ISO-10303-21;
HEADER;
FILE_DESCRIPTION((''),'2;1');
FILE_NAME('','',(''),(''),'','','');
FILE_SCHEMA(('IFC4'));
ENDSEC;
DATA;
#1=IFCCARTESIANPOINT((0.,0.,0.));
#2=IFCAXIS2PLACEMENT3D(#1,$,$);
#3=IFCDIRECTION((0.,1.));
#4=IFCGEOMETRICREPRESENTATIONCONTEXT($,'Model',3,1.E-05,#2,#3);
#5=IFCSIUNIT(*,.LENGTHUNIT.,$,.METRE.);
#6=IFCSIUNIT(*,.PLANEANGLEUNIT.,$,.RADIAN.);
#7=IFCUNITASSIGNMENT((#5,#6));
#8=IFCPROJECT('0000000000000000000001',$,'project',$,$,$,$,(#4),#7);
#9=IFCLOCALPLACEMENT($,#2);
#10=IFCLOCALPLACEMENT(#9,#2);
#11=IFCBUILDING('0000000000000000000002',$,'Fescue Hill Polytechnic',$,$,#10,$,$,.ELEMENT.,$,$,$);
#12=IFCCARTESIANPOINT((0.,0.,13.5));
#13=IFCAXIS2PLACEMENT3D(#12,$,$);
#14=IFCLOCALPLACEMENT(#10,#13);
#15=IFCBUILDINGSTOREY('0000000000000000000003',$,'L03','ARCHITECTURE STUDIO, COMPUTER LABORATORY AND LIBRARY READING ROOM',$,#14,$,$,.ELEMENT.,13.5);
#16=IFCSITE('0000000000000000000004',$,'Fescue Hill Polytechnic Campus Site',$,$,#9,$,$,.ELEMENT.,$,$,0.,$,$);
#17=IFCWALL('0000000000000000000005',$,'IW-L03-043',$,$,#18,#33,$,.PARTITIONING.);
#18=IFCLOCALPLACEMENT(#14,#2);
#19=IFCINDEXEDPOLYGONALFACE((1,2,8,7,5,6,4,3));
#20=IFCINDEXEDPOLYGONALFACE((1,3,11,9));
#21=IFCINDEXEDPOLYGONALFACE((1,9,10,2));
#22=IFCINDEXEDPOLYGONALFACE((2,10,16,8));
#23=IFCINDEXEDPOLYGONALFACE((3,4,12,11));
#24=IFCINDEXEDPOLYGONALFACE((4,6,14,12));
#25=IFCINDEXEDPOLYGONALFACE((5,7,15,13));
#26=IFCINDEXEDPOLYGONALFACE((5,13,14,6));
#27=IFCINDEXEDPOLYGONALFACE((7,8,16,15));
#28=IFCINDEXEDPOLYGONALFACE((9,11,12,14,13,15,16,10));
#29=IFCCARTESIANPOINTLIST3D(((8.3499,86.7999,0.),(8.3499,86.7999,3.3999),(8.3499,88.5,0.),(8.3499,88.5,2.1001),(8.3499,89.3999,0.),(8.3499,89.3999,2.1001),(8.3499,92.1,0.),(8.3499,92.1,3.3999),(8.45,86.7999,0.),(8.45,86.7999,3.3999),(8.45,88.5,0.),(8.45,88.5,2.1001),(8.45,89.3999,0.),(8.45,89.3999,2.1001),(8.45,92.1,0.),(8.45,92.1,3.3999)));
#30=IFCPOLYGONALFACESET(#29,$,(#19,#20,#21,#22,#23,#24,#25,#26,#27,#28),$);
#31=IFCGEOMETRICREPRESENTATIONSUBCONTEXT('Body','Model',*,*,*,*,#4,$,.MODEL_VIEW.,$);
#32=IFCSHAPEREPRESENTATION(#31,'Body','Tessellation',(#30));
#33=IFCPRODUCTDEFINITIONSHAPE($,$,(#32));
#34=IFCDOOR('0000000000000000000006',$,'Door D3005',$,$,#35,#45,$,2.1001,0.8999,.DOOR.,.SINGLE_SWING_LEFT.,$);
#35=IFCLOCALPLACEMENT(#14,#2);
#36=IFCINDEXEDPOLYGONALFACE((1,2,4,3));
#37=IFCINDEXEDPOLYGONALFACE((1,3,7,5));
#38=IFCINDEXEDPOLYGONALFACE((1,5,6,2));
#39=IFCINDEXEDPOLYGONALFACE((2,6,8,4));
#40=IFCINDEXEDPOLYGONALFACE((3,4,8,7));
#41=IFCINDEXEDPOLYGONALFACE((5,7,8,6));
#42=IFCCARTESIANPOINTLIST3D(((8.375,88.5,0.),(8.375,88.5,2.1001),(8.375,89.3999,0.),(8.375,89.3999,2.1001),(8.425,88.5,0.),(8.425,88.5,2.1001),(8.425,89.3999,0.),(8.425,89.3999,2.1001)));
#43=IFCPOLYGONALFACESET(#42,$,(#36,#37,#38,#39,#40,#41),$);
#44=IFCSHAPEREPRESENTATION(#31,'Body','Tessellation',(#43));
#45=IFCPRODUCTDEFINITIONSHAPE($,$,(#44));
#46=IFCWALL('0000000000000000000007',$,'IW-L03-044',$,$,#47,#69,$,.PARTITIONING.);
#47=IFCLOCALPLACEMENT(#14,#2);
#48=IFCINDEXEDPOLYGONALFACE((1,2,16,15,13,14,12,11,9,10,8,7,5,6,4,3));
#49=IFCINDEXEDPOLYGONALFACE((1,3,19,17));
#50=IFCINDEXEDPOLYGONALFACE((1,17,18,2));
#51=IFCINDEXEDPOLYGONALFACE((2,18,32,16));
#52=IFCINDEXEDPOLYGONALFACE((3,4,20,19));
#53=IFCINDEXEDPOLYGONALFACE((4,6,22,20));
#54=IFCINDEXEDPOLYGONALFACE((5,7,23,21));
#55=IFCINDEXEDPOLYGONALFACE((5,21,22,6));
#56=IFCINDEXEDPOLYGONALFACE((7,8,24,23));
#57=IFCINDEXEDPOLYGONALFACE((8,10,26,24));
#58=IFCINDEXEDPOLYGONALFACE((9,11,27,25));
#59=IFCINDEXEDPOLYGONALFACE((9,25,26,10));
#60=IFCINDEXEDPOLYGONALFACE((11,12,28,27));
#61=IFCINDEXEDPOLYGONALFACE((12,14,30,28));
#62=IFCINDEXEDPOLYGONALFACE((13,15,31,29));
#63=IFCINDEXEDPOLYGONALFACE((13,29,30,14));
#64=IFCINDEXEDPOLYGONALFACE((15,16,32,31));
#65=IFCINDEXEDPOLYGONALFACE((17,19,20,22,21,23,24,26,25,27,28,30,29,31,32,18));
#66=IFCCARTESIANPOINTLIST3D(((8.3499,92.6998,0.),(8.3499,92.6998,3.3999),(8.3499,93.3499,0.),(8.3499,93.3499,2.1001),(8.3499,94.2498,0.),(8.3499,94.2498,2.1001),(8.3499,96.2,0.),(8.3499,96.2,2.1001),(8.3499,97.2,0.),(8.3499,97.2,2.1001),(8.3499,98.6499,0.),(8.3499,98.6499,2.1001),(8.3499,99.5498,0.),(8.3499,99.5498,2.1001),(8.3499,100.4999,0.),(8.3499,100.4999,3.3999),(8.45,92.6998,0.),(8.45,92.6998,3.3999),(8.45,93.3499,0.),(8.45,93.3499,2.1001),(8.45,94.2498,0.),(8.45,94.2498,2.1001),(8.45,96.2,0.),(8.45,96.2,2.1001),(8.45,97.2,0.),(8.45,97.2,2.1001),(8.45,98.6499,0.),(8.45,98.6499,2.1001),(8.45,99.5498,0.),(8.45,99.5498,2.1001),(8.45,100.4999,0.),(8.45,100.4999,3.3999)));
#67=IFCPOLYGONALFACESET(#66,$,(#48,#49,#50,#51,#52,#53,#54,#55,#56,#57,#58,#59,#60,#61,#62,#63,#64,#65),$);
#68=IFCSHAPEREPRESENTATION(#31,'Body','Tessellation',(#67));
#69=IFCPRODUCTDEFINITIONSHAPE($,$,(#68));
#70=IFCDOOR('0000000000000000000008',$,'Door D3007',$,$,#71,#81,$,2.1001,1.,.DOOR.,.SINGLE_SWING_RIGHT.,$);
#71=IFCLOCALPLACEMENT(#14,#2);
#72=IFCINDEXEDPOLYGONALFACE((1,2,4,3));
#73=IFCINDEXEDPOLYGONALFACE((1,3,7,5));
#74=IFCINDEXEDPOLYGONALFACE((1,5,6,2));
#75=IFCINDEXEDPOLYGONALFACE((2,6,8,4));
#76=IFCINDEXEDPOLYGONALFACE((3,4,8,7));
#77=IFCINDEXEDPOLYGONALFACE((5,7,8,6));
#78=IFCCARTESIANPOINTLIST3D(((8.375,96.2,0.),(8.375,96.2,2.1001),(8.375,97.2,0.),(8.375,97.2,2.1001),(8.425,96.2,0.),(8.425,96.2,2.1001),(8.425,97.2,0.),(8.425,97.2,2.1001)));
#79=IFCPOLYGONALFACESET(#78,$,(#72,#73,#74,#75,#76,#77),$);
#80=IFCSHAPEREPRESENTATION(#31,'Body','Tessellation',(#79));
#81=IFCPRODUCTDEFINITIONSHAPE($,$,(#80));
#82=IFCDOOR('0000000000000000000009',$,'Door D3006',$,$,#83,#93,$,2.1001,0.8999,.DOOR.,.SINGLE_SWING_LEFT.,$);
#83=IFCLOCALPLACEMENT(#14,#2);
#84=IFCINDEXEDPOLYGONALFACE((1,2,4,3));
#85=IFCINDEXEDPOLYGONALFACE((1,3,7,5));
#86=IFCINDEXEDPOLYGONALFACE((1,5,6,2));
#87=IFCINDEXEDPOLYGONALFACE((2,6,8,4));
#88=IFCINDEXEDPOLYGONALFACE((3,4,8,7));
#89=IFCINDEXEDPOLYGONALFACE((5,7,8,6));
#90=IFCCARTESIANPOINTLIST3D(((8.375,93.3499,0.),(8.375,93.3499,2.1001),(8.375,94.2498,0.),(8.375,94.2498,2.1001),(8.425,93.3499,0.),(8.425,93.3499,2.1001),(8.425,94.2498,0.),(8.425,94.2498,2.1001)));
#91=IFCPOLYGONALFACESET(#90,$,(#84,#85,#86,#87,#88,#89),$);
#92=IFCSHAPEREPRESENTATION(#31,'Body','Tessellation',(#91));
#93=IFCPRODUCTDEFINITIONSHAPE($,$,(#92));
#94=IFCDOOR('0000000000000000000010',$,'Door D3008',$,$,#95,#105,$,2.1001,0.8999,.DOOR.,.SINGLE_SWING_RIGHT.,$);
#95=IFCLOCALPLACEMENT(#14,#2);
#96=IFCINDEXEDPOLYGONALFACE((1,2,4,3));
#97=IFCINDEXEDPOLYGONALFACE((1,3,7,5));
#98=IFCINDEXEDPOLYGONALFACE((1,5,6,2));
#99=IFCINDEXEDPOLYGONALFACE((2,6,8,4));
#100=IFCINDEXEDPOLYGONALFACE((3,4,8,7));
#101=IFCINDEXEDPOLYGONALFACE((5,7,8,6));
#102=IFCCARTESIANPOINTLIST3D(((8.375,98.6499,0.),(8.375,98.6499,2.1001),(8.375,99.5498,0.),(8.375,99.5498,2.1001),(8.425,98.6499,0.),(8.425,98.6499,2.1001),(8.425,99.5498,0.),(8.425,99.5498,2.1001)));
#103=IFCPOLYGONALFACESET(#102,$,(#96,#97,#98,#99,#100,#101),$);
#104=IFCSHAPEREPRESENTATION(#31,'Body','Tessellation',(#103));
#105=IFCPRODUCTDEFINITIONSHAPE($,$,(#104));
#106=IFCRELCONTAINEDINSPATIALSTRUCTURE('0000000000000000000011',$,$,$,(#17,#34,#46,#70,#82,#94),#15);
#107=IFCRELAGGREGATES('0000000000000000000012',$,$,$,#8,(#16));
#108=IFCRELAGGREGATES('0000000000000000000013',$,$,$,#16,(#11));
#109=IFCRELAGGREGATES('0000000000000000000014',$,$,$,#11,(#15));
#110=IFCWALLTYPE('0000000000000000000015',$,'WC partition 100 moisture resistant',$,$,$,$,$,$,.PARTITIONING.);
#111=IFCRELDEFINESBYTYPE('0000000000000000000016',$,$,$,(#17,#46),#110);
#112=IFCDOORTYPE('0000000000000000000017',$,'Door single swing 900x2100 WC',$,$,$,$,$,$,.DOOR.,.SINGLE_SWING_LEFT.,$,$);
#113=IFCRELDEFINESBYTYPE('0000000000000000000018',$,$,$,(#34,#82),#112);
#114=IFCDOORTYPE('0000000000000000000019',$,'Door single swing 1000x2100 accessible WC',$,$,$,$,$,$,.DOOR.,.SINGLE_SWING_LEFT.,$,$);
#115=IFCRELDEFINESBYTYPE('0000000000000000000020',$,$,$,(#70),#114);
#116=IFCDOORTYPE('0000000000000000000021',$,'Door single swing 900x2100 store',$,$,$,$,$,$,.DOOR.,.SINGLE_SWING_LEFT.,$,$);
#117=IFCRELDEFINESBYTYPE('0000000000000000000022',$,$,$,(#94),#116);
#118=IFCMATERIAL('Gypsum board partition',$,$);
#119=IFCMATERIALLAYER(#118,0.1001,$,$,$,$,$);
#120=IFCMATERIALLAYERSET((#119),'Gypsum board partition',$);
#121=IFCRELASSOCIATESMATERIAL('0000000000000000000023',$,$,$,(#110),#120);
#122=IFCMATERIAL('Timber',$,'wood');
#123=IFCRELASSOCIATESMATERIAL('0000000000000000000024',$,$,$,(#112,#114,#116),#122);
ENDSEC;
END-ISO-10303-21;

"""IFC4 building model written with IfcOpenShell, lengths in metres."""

from ifc_helpers import new_model, si_unit, direction, frame, frame_2d, origin, place, context, subcontext, project, spatial, rectangle, extrude, material, layer, layer_set, type_object, element, fill, save


model = new_model("IFC4")

# Units and contexts
model_context = context("Model", 3, precision=1e-05, world=origin(), true_north=direction((0.0, 1.0)))
body_context = subcontext(model_context, "Body", "Model", "MODEL_VIEW")
ifc_project = project(units=[si_unit("LENGTHUNIT", "METRE"), si_unit("PLANEANGLEUNIT", "RADIAN")], contexts=[model_context])

# Site, building, storey
site_placement = place(None, origin())
site = spatial("IfcSite", under=ifc_project, at=site_placement, Name="Fescue Hill Polytechnic Campus Site", CompositionType="ELEMENT", RefElevation=0.0)
building_placement = place(site_placement, origin())
building = spatial("IfcBuilding", under=site, at=building_placement, Name="Fescue Hill Polytechnic", CompositionType="ELEMENT")
storey_placement = place(building_placement, frame((0.0, 0.0, 13.5)))
storey = spatial("IfcBuildingStorey", under=building, at=storey_placement, Name="L03", Description="ARCHITECTURE STUDIO, COMPUTER LABORATORY AND LIBRARY READING ROOM", CompositionType="ELEMENT", Elevation=13.5)

# Shared definitions
ifc_material_1 = material(Name="Gypsum board partition")
ifc_material_2 = material(Name="Timber", Category="wood")

# Shared definitions
ifc_layer_1 = layer(ifc_material_1, 0.1001)
ifc_layer_set_1 = layer_set([ifc_layer_1], Name="Gypsum board partition")
wall_type_1 = type_object("IfcWallType", Name="WC partition 100 moisture resistant", PredefinedType="PARTITIONING", material=ifc_layer_set_1)

# Wall, opening, door
wall_1_placement = place(storey_placement, frame((8.3999, 86.8, 0.0), z_axis=(0.0, 0.0, 1.0), x_axis=(0.0, 1.0, 0.0)))
wall_1 = element("IfcWall", 1, at=wall_1_placement, inside=storey, type_object=wall_type_1, Name="IW-L03-043", PredefinedType="PARTITIONING", context=body_context, shape_type="SweptSolid", body=[
    extrude(rectangle(XDim=5.3, YDim=0.1001, at=frame_2d((2.6499, 0.0))), origin(), (0.0, 0.0, 1.0), 3.3999),
])
opening_1_placement = place(wall_1_placement, frame((1.7, 0.0, 0.0)))
opening_1 = element("IfcOpeningElement", 2, at=opening_1_placement, cuts=wall_1, PredefinedType="OPENING", context=body_context, shape_type="SweptSolid", body=[
    extrude(rectangle(XDim=0.8999, YDim=2.1001, at=frame_2d((0.45, 1.05))), frame((0.0, 0.0601, 0.0), z_axis=(0.0, -1.0, 0.0), x_axis=(1.0, 0.0, 0.0)), (0.0, 0.0, 1.0), 0.1201),
])
door_type_1 = type_object("IfcDoorType", Name="Door single swing 900x2100 WC", OperationType="SINGLE_SWING_LEFT", PredefinedType="DOOR", material=ifc_material_2)
door_1_placement = place(opening_1_placement, origin())
door_1 = element("IfcDoor", 3, at=door_1_placement, inside=storey, type_object=door_type_1, Name="Door D3005", OperationType="SINGLE_SWING_LEFT", OverallHeight=2.1001, OverallWidth=0.8999, PredefinedType="DOOR", context=body_context, shape_type="SweptSolid", body=[
    extrude(rectangle(XDim=0.8999, YDim=2.1001, at=frame_2d((0.45, 1.05))), frame((0.0, 0.0249, 0.0), z_axis=(0.0, -1.0, 0.0), x_axis=(1.0, 0.0, 0.0)), (0.0, 0.0, 1.0), 0.05),
])
fill(opening_1, door_1)

# Wall, openings, doors
wall_2_placement = place(storey_placement, frame((8.3999, 92.7, 0.0), z_axis=(0.0, 0.0, 1.0), x_axis=(0.0, 1.0, 0.0)))
wall_2 = element("IfcWall", 4, at=wall_2_placement, inside=storey, type_object=wall_type_1, Name="IW-L03-044", PredefinedType="PARTITIONING", context=body_context, shape_type="SweptSolid", body=[
    extrude(rectangle(XDim=7.8, YDim=0.1001, at=frame_2d((3.8999, 0.0))), origin(), (0.0, 0.0, 1.0), 3.3999),
])
opening_2_placement = place(wall_2_placement, frame((0.6499, 0.0, 0.0)))
opening_2 = element("IfcOpeningElement", 5, at=opening_2_placement, cuts=wall_2, PredefinedType="OPENING", context=body_context, shape_type="SweptSolid", body=[
    extrude(rectangle(XDim=0.8999, YDim=2.1001, at=frame_2d((0.45, 1.05))), frame((0.0, 0.0601, 0.0), z_axis=(0.0, -1.0, 0.0), x_axis=(1.0, 0.0, 0.0)), (0.0, 0.0, 1.0), 0.1201),
])
opening_3_placement = place(wall_2_placement, frame((3.5, 0.0, 0.0)))
opening_3 = element("IfcOpeningElement", 6, at=opening_3_placement, cuts=wall_2, PredefinedType="OPENING", context=body_context, shape_type="SweptSolid", body=[
    extrude(rectangle(XDim=1.0, YDim=2.1001, at=frame_2d((0.5, 1.05))), frame((0.0, 0.0601, 0.0), z_axis=(0.0, -1.0, 0.0), x_axis=(1.0, 0.0, 0.0)), (0.0, 0.0, 1.0), 0.1201),
])
opening_4_placement = place(wall_2_placement, frame((5.95, 0.0, 0.0)))
opening_4 = element("IfcOpeningElement", 7, at=opening_4_placement, cuts=wall_2, PredefinedType="OPENING", context=body_context, shape_type="SweptSolid", body=[
    extrude(rectangle(XDim=0.8999, YDim=2.1001, at=frame_2d((0.45, 1.05))), frame((0.0, 0.0601, 0.0), z_axis=(0.0, -1.0, 0.0), x_axis=(1.0, 0.0, 0.0)), (0.0, 0.0, 1.0), 0.1201),
])
door_type_2 = type_object("IfcDoorType", Name="Door single swing 1000x2100 accessible WC", OperationType="SINGLE_SWING_LEFT", PredefinedType="DOOR", material=ifc_material_2)
door_2_placement = place(opening_3_placement, origin())
door_2 = element("IfcDoor", 8, at=door_2_placement, inside=storey, type_object=door_type_2, Name="Door D3007", OperationType="SINGLE_SWING_RIGHT", OverallHeight=2.1001, OverallWidth=1.0, PredefinedType="DOOR", context=body_context, shape_type="SweptSolid", body=[
    extrude(rectangle(XDim=1.0, YDim=2.1001, at=frame_2d((0.5, 1.05))), frame((0.0, 0.0249, 0.0), z_axis=(0.0, -1.0, 0.0), x_axis=(1.0, 0.0, 0.0)), (0.0, 0.0, 1.0), 0.05),
])
fill(opening_3, door_2)
door_3_placement = place(opening_2_placement, origin())
door_3 = element("IfcDoor", 9, at=door_3_placement, inside=storey, type_object=door_type_1, Name="Door D3006", OperationType="SINGLE_SWING_LEFT", OverallHeight=2.1001, OverallWidth=0.8999, PredefinedType="DOOR", context=body_context, shape_type="SweptSolid", body=[
    extrude(rectangle(XDim=0.8999, YDim=2.1001, at=frame_2d((0.45, 1.05))), frame((0.0, 0.0249, 0.0), z_axis=(0.0, -1.0, 0.0), x_axis=(1.0, 0.0, 0.0)), (0.0, 0.0, 1.0), 0.05),
])
fill(opening_2, door_3)
door_type_3 = type_object("IfcDoorType", Name="Door single swing 900x2100 store", OperationType="SINGLE_SWING_LEFT", PredefinedType="DOOR", material=ifc_material_2)
door_4_placement = place(opening_4_placement, origin())
door_4 = element("IfcDoor", 10, at=door_4_placement, inside=storey, type_object=door_type_3, Name="Door D3008", OperationType="SINGLE_SWING_RIGHT", OverallHeight=2.1001, OverallWidth=0.8999, PredefinedType="DOOR", context=body_context, shape_type="SweptSolid", body=[
    extrude(rectangle(XDim=0.8999, YDim=2.1001, at=frame_2d((0.45, 1.05))), frame((0.0, 0.0249, 0.0), z_axis=(0.0, -1.0, 0.0), x_axis=(1.0, 0.0, 0.0)), (0.0, 0.0, 1.0), 0.05),
])
fill(opening_4, door_4)

save(model, "model.ifc")
